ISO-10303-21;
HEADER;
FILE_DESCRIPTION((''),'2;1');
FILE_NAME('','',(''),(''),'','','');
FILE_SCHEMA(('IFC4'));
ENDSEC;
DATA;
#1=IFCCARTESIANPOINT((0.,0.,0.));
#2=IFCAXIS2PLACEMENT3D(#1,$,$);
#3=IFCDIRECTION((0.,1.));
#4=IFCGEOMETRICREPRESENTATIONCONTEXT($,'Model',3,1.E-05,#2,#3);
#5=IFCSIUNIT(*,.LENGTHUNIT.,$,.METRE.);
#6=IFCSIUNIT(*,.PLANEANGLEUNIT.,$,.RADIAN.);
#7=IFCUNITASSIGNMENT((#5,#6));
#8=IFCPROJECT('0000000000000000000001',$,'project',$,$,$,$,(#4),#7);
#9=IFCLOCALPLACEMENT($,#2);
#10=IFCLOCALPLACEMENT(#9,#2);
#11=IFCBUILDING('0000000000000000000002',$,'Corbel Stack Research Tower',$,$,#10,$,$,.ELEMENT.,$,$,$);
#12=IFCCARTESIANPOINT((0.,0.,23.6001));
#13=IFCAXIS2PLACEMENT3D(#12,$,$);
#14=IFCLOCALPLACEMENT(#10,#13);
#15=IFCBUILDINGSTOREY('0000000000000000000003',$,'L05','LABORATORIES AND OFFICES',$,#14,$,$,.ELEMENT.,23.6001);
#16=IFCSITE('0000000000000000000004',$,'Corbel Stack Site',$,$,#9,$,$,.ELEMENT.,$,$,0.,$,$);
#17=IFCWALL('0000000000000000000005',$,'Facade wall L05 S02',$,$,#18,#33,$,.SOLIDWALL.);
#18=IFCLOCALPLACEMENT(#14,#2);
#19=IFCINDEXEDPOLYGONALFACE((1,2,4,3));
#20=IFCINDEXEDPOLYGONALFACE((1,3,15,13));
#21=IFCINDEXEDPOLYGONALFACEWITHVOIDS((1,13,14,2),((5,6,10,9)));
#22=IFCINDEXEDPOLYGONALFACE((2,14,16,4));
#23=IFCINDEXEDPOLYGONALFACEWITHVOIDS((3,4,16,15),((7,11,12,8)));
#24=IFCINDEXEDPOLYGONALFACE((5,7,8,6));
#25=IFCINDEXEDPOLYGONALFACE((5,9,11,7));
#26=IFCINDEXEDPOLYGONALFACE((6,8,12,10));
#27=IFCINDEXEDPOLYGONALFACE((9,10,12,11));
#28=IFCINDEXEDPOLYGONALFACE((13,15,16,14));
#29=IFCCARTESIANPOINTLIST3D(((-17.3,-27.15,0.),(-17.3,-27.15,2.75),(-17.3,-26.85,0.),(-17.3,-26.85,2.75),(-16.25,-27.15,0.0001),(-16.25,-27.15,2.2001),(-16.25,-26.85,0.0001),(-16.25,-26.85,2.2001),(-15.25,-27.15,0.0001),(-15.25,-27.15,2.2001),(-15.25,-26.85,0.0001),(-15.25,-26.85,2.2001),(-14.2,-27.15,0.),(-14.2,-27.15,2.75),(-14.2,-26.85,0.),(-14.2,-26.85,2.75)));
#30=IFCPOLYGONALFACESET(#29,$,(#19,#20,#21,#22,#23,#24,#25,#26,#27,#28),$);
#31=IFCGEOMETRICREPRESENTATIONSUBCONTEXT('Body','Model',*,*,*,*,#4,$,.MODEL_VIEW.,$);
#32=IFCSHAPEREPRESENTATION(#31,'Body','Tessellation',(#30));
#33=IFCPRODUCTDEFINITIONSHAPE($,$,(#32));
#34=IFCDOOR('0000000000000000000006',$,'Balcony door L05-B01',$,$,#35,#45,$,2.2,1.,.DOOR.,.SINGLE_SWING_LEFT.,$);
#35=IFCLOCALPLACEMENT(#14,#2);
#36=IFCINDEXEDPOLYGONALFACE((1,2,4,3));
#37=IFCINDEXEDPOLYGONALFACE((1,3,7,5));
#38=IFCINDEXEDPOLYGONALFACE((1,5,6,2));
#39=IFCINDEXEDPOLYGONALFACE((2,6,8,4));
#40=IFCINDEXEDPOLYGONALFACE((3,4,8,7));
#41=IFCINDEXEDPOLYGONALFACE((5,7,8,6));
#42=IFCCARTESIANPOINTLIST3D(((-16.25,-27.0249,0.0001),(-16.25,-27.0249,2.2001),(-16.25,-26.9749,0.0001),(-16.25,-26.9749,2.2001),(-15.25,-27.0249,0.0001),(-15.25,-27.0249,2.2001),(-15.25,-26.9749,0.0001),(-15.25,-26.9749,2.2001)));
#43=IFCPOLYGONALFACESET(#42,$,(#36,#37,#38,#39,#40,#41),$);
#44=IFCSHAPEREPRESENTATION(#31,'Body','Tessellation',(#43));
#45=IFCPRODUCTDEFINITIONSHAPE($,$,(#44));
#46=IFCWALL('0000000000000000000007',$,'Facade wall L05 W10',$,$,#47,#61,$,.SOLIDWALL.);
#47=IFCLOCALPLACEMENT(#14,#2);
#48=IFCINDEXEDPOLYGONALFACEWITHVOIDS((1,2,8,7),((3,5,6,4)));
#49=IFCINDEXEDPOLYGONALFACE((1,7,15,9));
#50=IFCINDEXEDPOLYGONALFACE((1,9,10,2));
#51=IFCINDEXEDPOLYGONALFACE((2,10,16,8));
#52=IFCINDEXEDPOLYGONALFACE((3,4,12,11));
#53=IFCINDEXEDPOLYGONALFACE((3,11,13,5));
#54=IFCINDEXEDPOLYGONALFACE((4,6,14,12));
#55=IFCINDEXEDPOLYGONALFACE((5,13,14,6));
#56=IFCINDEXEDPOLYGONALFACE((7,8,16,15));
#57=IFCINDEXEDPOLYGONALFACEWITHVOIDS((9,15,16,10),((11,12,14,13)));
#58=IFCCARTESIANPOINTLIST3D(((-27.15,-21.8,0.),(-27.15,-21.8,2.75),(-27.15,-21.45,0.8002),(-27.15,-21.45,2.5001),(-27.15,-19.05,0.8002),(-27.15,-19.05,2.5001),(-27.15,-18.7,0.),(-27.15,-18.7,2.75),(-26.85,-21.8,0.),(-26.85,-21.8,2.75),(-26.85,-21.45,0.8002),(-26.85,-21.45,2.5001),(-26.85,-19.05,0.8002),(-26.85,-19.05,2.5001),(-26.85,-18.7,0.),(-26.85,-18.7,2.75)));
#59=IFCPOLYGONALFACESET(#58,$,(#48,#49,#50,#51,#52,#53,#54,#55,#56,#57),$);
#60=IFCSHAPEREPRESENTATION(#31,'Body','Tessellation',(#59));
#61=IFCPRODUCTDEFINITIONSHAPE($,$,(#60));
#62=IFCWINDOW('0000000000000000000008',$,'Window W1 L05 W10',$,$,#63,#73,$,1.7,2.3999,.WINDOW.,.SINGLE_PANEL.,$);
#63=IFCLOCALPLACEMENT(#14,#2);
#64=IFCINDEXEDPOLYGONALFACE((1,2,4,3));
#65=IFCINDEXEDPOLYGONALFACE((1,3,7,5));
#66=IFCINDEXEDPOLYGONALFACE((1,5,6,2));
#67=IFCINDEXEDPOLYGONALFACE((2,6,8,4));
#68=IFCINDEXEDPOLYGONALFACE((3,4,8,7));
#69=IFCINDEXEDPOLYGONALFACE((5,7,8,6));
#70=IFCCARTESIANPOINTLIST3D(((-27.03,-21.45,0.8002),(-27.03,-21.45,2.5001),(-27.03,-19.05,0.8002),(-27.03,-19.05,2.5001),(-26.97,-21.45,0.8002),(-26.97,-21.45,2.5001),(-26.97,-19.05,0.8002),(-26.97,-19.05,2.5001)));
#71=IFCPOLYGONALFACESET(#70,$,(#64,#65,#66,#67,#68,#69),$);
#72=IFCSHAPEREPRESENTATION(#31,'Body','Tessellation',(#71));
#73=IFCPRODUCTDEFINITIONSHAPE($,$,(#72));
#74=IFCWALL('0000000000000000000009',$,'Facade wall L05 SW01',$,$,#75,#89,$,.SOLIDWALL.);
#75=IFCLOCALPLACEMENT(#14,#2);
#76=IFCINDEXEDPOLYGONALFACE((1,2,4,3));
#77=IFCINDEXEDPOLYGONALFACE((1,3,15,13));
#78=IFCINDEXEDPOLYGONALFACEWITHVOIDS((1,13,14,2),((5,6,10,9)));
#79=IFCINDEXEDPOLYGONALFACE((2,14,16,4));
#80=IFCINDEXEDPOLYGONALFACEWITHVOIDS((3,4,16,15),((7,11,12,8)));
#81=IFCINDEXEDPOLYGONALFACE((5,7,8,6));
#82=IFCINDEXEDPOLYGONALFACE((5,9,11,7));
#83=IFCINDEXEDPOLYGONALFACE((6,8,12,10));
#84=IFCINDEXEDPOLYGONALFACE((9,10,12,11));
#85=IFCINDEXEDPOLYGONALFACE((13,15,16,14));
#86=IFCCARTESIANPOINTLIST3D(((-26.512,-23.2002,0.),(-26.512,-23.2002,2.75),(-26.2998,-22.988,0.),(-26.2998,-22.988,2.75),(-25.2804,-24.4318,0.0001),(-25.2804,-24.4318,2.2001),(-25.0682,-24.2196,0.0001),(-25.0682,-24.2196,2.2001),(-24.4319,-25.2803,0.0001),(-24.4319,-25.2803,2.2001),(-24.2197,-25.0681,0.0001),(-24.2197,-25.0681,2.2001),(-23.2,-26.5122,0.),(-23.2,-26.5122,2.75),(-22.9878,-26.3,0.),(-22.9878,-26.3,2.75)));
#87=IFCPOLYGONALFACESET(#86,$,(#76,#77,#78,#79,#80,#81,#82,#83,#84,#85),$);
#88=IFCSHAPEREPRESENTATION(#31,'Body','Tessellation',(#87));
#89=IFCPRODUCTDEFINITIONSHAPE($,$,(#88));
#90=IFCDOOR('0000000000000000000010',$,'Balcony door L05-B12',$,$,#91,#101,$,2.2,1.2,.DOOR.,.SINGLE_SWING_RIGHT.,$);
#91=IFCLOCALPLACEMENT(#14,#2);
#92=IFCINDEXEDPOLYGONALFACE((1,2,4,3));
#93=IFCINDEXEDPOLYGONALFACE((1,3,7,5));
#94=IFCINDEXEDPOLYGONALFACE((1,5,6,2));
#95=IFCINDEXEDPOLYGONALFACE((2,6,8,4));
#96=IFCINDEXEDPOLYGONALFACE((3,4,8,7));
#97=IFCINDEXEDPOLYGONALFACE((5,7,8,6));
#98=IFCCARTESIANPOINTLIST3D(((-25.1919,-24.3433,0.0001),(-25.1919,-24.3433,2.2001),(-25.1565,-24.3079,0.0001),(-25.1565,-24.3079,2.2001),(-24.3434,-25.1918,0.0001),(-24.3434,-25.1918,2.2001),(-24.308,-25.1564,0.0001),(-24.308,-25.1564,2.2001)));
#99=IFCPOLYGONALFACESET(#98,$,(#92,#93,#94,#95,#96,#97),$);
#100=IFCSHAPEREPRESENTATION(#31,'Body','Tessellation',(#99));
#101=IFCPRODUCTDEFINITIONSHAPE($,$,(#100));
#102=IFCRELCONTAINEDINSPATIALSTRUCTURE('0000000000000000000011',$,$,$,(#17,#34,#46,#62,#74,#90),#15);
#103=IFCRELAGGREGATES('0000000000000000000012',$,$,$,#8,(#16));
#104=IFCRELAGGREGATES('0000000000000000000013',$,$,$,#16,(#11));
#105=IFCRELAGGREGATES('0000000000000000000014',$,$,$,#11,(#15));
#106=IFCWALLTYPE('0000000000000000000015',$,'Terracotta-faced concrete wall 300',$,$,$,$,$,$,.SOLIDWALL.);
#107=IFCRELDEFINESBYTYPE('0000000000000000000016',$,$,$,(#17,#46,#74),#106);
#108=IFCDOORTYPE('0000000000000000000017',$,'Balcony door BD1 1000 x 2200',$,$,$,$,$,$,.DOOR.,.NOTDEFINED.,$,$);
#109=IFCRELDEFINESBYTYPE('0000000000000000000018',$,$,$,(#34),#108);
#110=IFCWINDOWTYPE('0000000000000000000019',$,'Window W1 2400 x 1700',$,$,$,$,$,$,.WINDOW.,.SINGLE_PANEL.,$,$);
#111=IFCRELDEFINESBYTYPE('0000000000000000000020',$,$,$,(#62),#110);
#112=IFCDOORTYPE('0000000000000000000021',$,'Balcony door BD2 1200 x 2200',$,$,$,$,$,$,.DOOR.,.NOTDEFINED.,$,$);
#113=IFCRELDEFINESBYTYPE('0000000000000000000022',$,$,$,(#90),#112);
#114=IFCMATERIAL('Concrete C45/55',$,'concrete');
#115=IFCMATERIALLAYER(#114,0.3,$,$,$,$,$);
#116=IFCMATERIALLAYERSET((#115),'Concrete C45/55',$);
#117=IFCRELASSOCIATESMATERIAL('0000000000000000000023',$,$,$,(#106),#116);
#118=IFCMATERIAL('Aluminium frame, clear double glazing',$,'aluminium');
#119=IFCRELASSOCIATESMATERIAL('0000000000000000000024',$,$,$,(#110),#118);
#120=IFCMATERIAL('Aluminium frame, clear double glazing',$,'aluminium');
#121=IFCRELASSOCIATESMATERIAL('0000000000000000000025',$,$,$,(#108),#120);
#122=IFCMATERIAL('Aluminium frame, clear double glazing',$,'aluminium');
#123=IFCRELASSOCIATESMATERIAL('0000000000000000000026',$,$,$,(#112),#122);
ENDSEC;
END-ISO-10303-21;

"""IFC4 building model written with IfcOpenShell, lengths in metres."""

from ifc_helpers import new_model, si_unit, direction, frame, frame_2d, origin, place, context, subcontext, project, spatial, rectangle, extrude, material, layer, layer_set, type_object, element, fill, save


model = new_model("IFC4")

# Units and contexts
model_context = context("Model", 3, precision=1e-05, world=origin(), true_north=direction((0.0, 1.0)))
body_context = subcontext(model_context, "Body", "Model", "MODEL_VIEW")
ifc_project = project(units=[si_unit("LENGTHUNIT", "METRE"), si_unit("PLANEANGLEUNIT", "RADIAN")], contexts=[model_context])

# Site, building, storey
site_placement = place(None, origin())
site = spatial("IfcSite", under=ifc_project, at=site_placement, Name="Corbel Stack Site", CompositionType="ELEMENT", RefElevation=0.0)
building_placement = place(site_placement, origin())
building = spatial("IfcBuilding", under=site, at=building_placement, Name="Corbel Stack Research Tower", CompositionType="ELEMENT")
storey_placement = place(building_placement, frame((0.0, 0.0, 23.6001)))
storey = spatial("IfcBuildingStorey", under=building, at=storey_placement, Name="L05", Description="LABORATORIES AND OFFICES", CompositionType="ELEMENT", Elevation=23.6001)

# Shared definitions
ifc_material_1 = material(Name="Concrete C45/55", Category="concrete")
ifc_layer_1 = layer(ifc_material_1, 0.3)
ifc_layer_set_1 = layer_set([ifc_layer_1], Name="Concrete C45/55")
wall_type_1 = type_object("IfcWallType", Name="Terracotta-faced concrete wall 300", PredefinedType="SOLIDWALL", material=ifc_layer_set_1)
ifc_material_2 = material(Name="Aluminium frame, clear double glazing", Category="aluminium")
window_type = type_object("IfcWindowType", Name="Window W1 2400 x 1700", PartitioningType="SINGLE_PANEL", PredefinedType="WINDOW", material=ifc_material_2)

# Wall, opening, door
wall_1_placement = place(storey_placement, frame((-14.2, -27.0, 0.0), z_axis=(0.0, 0.0, 1.0), x_axis=(-1.0, 0.0, 0.0)))
wall_1 = element("IfcWall", 1, at=wall_1_placement, inside=storey, type_object=wall_type_1, Name="Facade wall L05 S02", PredefinedType="SOLIDWALL", context=body_context, shape_type="SweptSolid", body=[
    extrude(rectangle(XDim=3.1001, YDim=0.3, at=frame_2d((1.55, 0.0))), origin(), (0.0, 0.0, 1.0), 2.75),
])
opening_1_placement = place(wall_1_placement, frame((1.05, 0.0, 0.0)))
opening_1 = element("IfcOpeningElement", 2, at=opening_1_placement, cuts=wall_1, PredefinedType="OPENING", context=body_context, shape_type="SweptSolid", body=[
    extrude(rectangle(XDim=1.0, YDim=2.2, at=frame_2d((0.5, 1.1001))), frame((0.0, 0.1599, 0.0), z_axis=(0.0, -1.0, 0.0), x_axis=(1.0, 0.0, 0.0)), (0.0, 0.0, 1.0), 0.3201),
])
ifc_material_3 = material(Name="Aluminium frame, clear double glazing", Category="aluminium")
door_type_1 = type_object("IfcDoorType", Name="Balcony door BD1 1000 x 2200", OperationType="NOTDEFINED", PredefinedType="DOOR", material=ifc_material_3)
door_1_placement = place(opening_1_placement, origin())
door_1 = element("IfcDoor", 3, at=door_1_placement, inside=storey, type_object=door_type_1, Name="Balcony door L05-B01", OperationType="SINGLE_SWING_LEFT", OverallHeight=2.2, OverallWidth=1.0, PredefinedType="DOOR", context=body_context, shape_type="SweptSolid", body=[
    extrude(rectangle(XDim=1.0, YDim=2.2, at=frame_2d((0.5, 1.1001))), frame((0.0, 0.0249, 0.0), z_axis=(0.0, -1.0, 0.0), x_axis=(1.0, 0.0, 0.0)), (0.0, 0.0, 1.0), 0.05),
])
fill(opening_1, door_1)

# Wall, opening, window
wall_2_placement = place(storey_placement, frame((-27.0, -21.8, 0.0), z_axis=(0.0, 0.0, 1.0), x_axis=(0.0, 1.0, 0.0)))
wall_2 = element("IfcWall", 4, at=wall_2_placement, inside=storey, type_object=wall_type_1, Name="Facade wall L05 W10", PredefinedType="SOLIDWALL", context=body_context, shape_type="SweptSolid", body=[
    extrude(rectangle(XDim=3.1001, YDim=0.3, at=frame_2d((1.55, 0.0))), origin(), (0.0, 0.0, 1.0), 2.75),
])
opening_2_placement = place(wall_2_placement, frame((0.3501, 0.0, 0.8)))
opening_2 = element("IfcOpeningElement", 5, at=opening_2_placement, cuts=wall_2, PredefinedType="OPENING", context=body_context, shape_type="SweptSolid", body=[
    extrude(rectangle(XDim=2.3999, YDim=1.7, at=frame_2d((1.2, 0.8501))), frame((0.0, 0.1599, 0.0), z_axis=(0.0, -1.0, 0.0), x_axis=(1.0, 0.0, 0.0)), (0.0, 0.0, 1.0), 0.3201),
])
window_1_placement = place(opening_2_placement, origin())
window_1 = element("IfcWindow", 6, at=window_1_placement, inside=storey, type_object=window_type, Name="Window W1 L05 W10", OverallHeight=1.7, OverallWidth=2.3999, PartitioningType="SINGLE_PANEL", PredefinedType="WINDOW", context=body_context, shape_type="SweptSolid", body=[
    extrude(rectangle(XDim=2.3999, YDim=1.7, at=frame_2d((1.2, 0.8501))), frame((0.0, 0.03, 0.0), z_axis=(0.0, -1.0, 0.0), x_axis=(1.0, 0.0, 0.0)), (0.0, 0.0, 1.0), 0.0601),
])
fill(opening_2, window_1)

# Wall, opening, door
wall_3_placement = place(storey_placement, frame((-23.094, -26.406, 0.0), z_axis=(0.0, 0.0, 1.0), x_axis=(-0.707107, 0.707107, 0.0)))
wall_3 = element("IfcWall", 7, at=wall_3_placement, inside=storey, type_object=wall_type_1, Name="Facade wall L05 SW01", PredefinedType="SOLIDWALL", context=body_context, shape_type="SweptSolid", body=[
    extrude(rectangle(XDim=4.6838, YDim=0.3, at=frame_2d((2.3418, 0.0))), origin(), (0.0, 0.0, 1.0), 2.75),
])
opening_3_placement = place(wall_3_placement, frame((1.7419, 0.0, 0.0)))
opening_3 = element("IfcOpeningElement", 8, at=opening_3_placement, cuts=wall_3, PredefinedType="OPENING", context=body_context, shape_type="SweptSolid", body=[
    extrude(rectangle(XDim=1.2, YDim=2.2, at=frame_2d((0.6001, 1.1001))), frame((0.0, 0.1599, 0.0), z_axis=(0.0, -1.0, 0.0), x_axis=(1.0, 0.0, 0.0)), (0.0, 0.0, 1.0), 0.3201),
])
ifc_material_4 = material(Name="Aluminium frame, clear double glazing", Category="aluminium")
door_type_2 = type_object("IfcDoorType", Name="Balcony door BD2 1200 x 2200", OperationType="NOTDEFINED", PredefinedType="DOOR", material=ifc_material_4)
door_2_placement = place(opening_3_placement, origin())
door_2 = element("IfcDoor", 9, at=door_2_placement, inside=storey, type_object=door_type_2, Name="Balcony door L05-B12", OperationType="SINGLE_SWING_RIGHT", OverallHeight=2.2, OverallWidth=1.2, PredefinedType="DOOR", context=body_context, shape_type="SweptSolid", body=[
    extrude(rectangle(XDim=1.2, YDim=2.2, at=frame_2d((0.6001, 1.1001))), frame((0.0, 0.0249, 0.0), z_axis=(0.0, -1.0, 0.0), x_axis=(1.0, 0.0, 0.0)), (0.0, 0.0, 1.0), 0.05),
])
fill(opening_3, door_2)

save(model, "model.ifc")
